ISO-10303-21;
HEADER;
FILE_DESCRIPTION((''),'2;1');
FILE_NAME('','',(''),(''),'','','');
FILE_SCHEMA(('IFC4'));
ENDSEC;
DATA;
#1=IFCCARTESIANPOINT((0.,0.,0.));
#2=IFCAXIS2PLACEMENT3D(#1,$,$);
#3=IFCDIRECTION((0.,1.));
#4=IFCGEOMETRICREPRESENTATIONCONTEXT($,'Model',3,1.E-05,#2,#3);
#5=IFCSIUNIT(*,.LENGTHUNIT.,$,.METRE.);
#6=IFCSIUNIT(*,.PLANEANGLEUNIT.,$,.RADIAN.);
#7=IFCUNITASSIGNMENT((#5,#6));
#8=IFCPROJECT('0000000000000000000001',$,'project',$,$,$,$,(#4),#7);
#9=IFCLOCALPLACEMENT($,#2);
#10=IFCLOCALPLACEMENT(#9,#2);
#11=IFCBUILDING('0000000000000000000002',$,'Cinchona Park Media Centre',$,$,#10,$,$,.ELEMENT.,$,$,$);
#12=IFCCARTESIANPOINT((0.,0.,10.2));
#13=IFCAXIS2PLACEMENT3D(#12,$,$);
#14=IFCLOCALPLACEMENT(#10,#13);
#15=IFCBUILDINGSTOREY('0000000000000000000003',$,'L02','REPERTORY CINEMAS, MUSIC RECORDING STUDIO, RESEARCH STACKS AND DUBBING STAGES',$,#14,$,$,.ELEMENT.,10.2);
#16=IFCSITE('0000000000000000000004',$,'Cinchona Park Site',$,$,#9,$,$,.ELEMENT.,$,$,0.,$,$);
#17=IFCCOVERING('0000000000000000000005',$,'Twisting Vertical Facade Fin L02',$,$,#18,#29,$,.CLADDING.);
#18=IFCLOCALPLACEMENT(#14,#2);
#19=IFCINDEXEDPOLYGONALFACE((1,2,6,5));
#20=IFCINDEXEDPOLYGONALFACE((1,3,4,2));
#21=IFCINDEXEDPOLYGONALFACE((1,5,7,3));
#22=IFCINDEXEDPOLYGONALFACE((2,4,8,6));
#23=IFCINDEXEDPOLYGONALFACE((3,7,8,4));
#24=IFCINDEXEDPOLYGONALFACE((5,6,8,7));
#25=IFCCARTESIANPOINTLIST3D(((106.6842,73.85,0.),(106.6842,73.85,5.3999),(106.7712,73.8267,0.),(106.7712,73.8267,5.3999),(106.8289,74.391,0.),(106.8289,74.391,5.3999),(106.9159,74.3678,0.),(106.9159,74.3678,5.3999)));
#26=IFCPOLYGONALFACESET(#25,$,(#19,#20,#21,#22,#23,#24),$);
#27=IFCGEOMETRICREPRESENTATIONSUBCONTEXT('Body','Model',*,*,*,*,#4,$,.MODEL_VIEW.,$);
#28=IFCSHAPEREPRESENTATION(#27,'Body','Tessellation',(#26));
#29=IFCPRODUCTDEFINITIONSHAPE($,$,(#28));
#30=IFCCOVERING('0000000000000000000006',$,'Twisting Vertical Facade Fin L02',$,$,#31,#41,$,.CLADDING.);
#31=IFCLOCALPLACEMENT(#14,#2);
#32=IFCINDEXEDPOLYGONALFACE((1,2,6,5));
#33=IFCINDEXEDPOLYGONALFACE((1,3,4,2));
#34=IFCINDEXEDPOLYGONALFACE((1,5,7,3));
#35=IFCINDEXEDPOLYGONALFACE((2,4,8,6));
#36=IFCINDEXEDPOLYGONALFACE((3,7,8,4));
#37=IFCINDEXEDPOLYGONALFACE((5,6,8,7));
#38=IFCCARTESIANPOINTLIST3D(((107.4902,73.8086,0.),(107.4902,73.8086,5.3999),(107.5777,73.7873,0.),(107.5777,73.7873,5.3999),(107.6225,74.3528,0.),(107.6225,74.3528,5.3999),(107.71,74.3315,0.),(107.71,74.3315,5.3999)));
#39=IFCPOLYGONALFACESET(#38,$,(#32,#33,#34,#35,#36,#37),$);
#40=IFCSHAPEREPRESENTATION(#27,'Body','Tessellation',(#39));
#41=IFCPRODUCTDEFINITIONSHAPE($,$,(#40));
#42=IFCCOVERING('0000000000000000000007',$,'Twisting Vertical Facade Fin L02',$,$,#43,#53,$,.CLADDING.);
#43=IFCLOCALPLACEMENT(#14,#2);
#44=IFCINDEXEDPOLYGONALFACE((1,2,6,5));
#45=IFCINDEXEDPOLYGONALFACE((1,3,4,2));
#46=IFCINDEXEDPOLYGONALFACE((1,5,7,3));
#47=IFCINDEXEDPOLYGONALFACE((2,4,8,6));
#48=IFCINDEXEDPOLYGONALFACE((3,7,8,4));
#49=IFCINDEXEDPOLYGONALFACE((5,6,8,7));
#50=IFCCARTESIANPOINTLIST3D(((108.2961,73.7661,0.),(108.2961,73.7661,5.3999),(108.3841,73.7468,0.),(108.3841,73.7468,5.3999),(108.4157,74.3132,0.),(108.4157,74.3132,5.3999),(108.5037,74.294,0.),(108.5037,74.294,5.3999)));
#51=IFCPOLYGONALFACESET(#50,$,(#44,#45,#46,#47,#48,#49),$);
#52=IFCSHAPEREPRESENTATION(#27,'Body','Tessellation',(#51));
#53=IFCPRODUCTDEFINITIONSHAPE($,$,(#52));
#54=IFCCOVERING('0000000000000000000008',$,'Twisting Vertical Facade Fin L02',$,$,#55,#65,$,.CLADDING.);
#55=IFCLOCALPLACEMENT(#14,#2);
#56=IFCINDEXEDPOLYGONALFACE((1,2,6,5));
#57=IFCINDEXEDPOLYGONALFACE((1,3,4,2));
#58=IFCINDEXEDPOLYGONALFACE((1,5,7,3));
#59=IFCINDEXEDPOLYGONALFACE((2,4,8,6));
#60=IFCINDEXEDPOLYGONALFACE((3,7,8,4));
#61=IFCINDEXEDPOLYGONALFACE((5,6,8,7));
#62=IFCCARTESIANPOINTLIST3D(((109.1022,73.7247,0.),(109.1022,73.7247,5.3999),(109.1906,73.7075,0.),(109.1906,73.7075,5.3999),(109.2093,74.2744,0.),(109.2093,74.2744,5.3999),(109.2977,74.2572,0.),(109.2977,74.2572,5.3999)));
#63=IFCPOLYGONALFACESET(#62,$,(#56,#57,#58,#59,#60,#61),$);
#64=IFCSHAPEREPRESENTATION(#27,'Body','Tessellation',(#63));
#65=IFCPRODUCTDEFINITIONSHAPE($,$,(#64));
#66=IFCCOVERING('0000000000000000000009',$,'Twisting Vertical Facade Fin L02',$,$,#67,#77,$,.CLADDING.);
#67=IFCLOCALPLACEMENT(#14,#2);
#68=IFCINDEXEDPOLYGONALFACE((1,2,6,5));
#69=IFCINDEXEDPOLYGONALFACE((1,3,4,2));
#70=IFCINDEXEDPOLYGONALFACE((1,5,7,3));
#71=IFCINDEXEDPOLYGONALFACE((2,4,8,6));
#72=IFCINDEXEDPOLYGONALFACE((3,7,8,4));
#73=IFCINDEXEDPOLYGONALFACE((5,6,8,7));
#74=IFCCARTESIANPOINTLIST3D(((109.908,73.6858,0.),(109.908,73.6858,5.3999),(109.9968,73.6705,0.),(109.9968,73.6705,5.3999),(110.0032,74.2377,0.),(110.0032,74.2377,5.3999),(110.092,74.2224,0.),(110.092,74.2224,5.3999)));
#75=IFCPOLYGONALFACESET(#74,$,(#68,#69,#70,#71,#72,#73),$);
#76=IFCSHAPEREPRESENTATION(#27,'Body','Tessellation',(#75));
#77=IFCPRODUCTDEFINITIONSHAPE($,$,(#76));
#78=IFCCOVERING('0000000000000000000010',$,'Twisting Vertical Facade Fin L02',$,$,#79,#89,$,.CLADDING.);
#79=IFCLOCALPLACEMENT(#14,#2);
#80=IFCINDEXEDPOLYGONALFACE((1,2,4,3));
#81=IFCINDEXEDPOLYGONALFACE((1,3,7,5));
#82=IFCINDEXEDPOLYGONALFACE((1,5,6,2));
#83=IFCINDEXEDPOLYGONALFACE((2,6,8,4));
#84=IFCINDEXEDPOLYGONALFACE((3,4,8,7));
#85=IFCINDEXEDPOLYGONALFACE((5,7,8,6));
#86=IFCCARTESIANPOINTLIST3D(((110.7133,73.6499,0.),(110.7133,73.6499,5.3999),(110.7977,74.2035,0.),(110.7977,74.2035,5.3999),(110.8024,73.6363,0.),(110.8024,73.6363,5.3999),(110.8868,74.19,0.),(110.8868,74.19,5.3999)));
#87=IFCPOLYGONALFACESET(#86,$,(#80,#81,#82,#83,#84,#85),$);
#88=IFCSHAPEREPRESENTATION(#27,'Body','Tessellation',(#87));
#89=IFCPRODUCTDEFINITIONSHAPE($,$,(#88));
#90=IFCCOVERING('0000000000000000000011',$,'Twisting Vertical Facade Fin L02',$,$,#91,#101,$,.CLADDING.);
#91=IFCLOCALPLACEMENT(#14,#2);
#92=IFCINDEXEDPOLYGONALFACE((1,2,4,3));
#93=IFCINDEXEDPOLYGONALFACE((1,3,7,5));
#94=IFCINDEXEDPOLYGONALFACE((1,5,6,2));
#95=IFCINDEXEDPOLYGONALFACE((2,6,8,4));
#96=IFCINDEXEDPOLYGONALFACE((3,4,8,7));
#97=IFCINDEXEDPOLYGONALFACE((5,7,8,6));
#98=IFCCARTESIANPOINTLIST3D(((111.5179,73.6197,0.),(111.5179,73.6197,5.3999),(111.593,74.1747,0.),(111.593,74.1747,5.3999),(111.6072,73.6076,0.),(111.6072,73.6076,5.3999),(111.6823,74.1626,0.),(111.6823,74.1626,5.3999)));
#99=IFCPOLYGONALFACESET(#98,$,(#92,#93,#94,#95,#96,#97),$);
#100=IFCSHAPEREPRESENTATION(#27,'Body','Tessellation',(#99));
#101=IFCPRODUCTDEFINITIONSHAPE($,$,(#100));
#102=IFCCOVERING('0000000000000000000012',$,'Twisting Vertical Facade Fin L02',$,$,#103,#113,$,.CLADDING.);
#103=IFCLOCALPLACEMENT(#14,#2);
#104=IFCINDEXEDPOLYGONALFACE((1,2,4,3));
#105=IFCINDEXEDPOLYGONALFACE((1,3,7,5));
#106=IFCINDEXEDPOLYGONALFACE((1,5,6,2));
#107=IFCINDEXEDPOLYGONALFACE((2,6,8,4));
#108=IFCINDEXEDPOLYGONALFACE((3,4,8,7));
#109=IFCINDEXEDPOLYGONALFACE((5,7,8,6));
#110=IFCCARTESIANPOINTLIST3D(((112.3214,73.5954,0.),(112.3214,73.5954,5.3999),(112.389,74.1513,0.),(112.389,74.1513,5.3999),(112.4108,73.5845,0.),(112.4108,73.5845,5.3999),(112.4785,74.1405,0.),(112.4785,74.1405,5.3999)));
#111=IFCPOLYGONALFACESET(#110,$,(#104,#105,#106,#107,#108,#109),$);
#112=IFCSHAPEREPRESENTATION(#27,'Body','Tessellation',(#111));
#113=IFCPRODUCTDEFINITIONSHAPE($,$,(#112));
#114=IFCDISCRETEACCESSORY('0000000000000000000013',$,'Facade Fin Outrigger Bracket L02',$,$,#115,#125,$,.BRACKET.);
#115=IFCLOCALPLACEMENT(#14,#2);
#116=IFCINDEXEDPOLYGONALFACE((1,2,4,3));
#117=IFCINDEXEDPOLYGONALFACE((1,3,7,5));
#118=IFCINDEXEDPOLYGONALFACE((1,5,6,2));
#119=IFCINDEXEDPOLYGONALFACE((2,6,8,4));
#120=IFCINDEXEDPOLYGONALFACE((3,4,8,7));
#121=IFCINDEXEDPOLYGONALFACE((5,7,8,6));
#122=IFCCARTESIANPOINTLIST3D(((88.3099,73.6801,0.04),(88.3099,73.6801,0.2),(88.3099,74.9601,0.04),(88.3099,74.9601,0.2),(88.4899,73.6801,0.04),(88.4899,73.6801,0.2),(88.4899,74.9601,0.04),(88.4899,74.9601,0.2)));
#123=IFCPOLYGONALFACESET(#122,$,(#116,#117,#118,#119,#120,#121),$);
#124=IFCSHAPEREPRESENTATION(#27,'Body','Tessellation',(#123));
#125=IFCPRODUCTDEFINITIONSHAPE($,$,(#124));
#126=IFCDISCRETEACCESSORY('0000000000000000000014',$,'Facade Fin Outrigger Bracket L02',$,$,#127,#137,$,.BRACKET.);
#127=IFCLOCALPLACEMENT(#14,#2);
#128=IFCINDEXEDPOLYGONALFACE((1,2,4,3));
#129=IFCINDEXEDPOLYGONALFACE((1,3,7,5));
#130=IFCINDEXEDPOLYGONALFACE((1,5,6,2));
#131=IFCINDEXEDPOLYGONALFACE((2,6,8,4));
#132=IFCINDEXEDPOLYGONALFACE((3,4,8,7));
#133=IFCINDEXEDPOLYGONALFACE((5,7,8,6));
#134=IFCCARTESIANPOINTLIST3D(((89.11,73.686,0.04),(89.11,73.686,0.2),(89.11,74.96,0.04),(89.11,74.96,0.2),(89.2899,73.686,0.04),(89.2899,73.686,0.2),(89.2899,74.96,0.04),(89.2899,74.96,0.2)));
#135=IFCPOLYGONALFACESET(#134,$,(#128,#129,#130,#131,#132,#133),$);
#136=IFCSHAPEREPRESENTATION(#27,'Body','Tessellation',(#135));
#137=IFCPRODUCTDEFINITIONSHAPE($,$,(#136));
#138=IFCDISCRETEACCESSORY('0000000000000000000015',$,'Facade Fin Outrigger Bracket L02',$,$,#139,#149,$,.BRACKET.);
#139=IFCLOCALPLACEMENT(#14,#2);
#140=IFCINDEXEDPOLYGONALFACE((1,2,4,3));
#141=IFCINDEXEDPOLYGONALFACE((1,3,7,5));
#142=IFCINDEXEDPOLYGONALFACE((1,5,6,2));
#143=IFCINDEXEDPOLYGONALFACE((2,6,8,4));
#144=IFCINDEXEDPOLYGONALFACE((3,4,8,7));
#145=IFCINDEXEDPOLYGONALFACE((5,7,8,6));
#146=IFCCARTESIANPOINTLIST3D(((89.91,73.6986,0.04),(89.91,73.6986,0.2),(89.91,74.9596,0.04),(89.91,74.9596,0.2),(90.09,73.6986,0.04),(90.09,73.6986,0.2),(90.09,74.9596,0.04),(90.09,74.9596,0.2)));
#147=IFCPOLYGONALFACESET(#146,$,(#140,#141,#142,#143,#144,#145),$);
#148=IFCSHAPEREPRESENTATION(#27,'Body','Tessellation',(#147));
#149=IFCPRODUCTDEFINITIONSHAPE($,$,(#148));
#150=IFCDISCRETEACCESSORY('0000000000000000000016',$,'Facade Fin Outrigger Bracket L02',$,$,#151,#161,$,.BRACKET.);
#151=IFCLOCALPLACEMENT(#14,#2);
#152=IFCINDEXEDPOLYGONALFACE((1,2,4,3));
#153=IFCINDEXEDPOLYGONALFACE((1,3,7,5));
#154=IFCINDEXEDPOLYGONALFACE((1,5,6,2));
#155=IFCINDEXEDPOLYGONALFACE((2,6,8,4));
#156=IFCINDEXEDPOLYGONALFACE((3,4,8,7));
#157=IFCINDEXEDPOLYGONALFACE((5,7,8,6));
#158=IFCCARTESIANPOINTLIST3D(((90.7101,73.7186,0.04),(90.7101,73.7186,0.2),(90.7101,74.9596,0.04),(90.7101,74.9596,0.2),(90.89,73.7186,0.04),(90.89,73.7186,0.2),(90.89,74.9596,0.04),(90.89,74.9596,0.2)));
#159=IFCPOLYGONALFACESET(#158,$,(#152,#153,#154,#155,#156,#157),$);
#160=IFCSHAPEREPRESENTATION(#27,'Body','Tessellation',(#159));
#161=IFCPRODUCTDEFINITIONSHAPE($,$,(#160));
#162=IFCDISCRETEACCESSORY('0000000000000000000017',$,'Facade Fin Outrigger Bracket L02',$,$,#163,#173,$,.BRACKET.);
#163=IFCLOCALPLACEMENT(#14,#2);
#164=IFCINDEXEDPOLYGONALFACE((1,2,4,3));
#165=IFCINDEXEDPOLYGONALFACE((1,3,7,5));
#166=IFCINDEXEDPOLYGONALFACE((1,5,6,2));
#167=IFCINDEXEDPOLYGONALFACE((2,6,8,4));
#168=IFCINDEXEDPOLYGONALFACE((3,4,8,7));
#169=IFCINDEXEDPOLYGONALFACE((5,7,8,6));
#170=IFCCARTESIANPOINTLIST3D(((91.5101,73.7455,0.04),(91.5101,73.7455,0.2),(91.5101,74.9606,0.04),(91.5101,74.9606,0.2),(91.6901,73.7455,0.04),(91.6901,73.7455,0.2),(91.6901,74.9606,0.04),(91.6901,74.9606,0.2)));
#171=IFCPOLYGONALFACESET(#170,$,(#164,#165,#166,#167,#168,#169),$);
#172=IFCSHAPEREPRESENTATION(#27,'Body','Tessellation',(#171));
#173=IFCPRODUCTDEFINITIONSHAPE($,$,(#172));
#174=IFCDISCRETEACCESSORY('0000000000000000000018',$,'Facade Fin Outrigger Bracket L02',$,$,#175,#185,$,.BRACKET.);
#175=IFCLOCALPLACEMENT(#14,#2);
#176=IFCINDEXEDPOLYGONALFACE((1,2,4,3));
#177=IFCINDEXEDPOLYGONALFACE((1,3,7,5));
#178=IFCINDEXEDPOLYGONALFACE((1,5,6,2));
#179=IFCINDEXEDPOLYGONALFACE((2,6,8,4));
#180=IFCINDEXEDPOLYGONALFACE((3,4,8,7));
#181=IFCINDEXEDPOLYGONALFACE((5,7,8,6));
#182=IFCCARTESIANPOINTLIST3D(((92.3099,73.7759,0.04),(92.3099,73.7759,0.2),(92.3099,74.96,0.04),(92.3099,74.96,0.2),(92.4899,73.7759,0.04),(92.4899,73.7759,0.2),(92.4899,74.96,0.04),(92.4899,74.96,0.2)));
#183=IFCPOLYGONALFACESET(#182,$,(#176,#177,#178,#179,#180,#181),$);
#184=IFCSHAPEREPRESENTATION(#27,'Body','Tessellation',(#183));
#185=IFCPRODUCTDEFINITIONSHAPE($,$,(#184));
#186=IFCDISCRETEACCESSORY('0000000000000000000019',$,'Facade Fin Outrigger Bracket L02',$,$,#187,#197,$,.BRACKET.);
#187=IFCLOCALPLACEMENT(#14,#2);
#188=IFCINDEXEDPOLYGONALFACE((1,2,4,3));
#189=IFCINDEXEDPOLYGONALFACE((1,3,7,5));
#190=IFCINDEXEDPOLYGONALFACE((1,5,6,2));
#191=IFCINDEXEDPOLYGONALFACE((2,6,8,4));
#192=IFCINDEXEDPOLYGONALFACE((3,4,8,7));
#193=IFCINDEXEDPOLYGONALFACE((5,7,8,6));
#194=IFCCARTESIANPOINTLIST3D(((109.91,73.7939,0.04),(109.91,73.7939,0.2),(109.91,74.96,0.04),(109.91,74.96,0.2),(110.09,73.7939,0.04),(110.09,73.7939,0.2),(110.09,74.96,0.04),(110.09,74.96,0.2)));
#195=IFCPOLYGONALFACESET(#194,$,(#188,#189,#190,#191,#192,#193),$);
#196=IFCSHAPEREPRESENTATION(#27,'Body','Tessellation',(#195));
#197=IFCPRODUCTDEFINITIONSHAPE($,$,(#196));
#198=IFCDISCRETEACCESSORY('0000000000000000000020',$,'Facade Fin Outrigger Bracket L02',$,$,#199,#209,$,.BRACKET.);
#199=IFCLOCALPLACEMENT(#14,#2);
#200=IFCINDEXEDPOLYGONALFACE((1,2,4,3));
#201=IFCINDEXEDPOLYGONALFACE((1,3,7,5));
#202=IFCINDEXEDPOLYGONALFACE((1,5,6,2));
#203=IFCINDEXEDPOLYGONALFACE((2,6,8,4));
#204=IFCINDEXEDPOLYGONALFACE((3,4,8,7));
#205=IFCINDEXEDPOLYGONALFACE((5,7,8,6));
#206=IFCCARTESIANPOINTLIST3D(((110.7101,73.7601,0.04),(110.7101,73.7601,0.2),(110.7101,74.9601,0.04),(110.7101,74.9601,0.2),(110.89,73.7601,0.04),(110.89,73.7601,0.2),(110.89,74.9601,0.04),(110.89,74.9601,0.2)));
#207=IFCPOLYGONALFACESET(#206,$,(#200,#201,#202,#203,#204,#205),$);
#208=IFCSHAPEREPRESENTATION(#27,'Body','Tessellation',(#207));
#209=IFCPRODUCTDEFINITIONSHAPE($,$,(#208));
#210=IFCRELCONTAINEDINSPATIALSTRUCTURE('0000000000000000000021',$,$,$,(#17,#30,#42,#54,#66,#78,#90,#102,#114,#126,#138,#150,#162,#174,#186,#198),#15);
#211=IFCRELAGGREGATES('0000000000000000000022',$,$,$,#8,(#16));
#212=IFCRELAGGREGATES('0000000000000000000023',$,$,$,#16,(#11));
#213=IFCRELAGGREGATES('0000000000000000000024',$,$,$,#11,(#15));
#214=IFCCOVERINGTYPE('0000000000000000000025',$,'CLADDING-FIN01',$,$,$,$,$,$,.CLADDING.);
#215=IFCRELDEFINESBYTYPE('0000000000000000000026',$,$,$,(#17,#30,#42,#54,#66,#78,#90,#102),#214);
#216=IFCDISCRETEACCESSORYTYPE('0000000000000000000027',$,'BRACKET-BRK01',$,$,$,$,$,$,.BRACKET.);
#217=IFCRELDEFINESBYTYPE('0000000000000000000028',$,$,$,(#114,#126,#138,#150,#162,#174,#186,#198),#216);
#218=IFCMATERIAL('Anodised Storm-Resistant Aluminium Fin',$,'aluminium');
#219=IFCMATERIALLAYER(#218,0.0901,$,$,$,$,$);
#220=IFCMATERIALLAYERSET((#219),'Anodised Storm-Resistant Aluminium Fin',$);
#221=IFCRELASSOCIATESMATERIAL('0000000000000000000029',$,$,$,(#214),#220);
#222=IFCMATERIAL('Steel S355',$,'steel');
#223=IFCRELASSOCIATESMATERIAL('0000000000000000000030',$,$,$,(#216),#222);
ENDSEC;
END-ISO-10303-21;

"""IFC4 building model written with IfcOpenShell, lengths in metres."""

from ifc_helpers import new_model, si_unit, direction, frame, origin, origin_2d, place, context, subcontext, project, spatial, rectangle, extrude, material, layer, layer_set, type_object, element, save


model = new_model("IFC4")

# Units and contexts
model_context = context("Model", 3, precision=1e-05, world=origin(), true_north=direction((0.0, 1.0)))
body_context = subcontext(model_context, "Body", "Model", "MODEL_VIEW")
ifc_project = project(units=[si_unit("LENGTHUNIT", "METRE"), si_unit("PLANEANGLEUNIT", "RADIAN")], contexts=[model_context])

# Site, building, storey
site_placement = place(None, origin())
site = spatial("IfcSite", under=ifc_project, at=site_placement, Name="Cinchona Park Site", CompositionType="ELEMENT", RefElevation=0.0)
building_placement = place(site_placement, origin())
building = spatial("IfcBuilding", under=site, at=building_placement, Name="Cinchona Park Media Centre", CompositionType="ELEMENT")
storey_placement = place(building_placement, frame((0.0, 0.0, 10.2)))
storey = spatial("IfcBuildingStorey", under=building, at=storey_placement, Name="L02", Description="REPERTORY CINEMAS, MUSIC RECORDING STUDIO, RESEARCH STACKS AND DUBBING STAGES", CompositionType="ELEMENT", Elevation=10.2)

# Coverings
ifc_material_1 = material(Name="Anodised Storm-Resistant Aluminium Fin", Category="aluminium")
ifc_layer = layer(ifc_material_1, 0.0901)
ifc_layer_set = layer_set([ifc_layer], Name="Anodised Storm-Resistant Aluminium Fin")
covering_type = type_object("IfcCoveringType", Name="CLADDING-FIN01", PredefinedType="CLADDING", material=ifc_layer_set)
for number, where, z_axis, x_axis, name in (
    (1, (106.8, 74.1089, 0.0), (0.0, 0.0, 1.0), (0.258313, 0.966061, 0.0), "Twisting Vertical Facade Fin L02"),
    (2, (107.6001, 74.0701, 0.0), (0.0, 0.0, 1.0), (0.236329, 0.971673, 0.0), "Twisting Vertical Facade Fin L02"),
    (3, (108.3999, 74.03, 0.0), (0.0, 0.0, 1.0), (0.213542, 0.976934, 0.0), "Twisting Vertical Facade Fin L02"),
    (4, (109.2, 73.991, 0.0), (0.0, 0.0, 1.0), (0.191323, 0.981527, 0.0), "Twisting Vertical Facade Fin L02"),
    (5, (110.0, 73.9541, 0.0), (0.0, 0.0, 1.0), (0.170038, 0.985438, 0.0), "Twisting Vertical Facade Fin L02"),
    (6, (110.8, 73.9199, 0.0), (0.0, 0.0, 1.0), (0.150743, 0.988573, 0.0), "Twisting Vertical Facade Fin L02"),
    (7, (111.6001, 73.8911, 0.0), (0.0, 0.0, 1.0), (0.134159, 0.99096, 0.0), "Twisting Vertical Facade Fin L02"),
    (8, (112.3999, 73.8679, 0.0), (0.0, 0.0, 1.0), (0.12083, 0.992673, 0.0), "Twisting Vertical Facade Fin L02"),
):
    element("IfcCovering", number, at=place(storey_placement, frame(where, z_axis=z_axis, x_axis=x_axis)), inside=storey, type_object=covering_type, Name=name, PredefinedType="CLADDING", context=body_context, shape_type="SweptSolid", body=[
        extrude(rectangle(XDim=0.5601, YDim=0.0901, at=origin_2d()), origin(), (0.0, 0.0, 1.0), 5.3999),
    ])

# Discrete accessories
ifc_material_2 = material(Name="Steel S355", Category="steel")
discrete_accessory_type = type_object("IfcDiscreteAccessoryType", Name="BRACKET-BRK01", PredefinedType="BRACKET", material=ifc_material_2)
discrete_accessory_1_placement = place(storey_placement, frame((88.3999, 74.3201, 0.04), z_axis=(0.0, 0.0, 1.0), x_axis=(1.0, 0.0, 0.0)))
element("IfcDiscreteAccessory", 9, at=discrete_accessory_1_placement, inside=storey, type_object=discrete_accessory_type, Name="Facade Fin Outrigger Bracket L02", PredefinedType="BRACKET", context=body_context, shape_type="SweptSolid", body=[
    extrude(rectangle(XDim=0.1799, YDim=1.28, at=origin_2d()), origin(), (0.0, 0.0, 1.0), 0.1599),
])
discrete_accessory_2_placement = place(storey_placement, frame((89.2, 74.323, 0.04), z_axis=(0.0, 0.0, 1.0), x_axis=(1.0, 0.0, 0.0)))
element("IfcDiscreteAccessory", 10, at=discrete_accessory_2_placement, inside=storey, type_object=discrete_accessory_type, Name="Facade Fin Outrigger Bracket L02", PredefinedType="BRACKET", context=body_context, shape_type="SweptSolid", body=[
    extrude(rectangle(XDim=0.1799, YDim=1.2739, at=origin_2d()), origin(), (0.0, 0.0, 1.0), 0.1599),
])
discrete_accessory_3_placement = place(storey_placement, frame((90.0, 74.3291, 0.04), z_axis=(0.0, 0.0, 1.0), x_axis=(1.0, 0.0, 0.0)))
element("IfcDiscreteAccessory", 11, at=discrete_accessory_3_placement, inside=storey, type_object=discrete_accessory_type, Name="Facade Fin Outrigger Bracket L02", PredefinedType="BRACKET", context=body_context, shape_type="SweptSolid", body=[
    extrude(rectangle(XDim=0.1799, YDim=1.261, at=origin_2d()), origin(), (0.0, 0.0, 1.0), 0.1599),
])
discrete_accessory_4_placement = place(storey_placement, frame((90.8, 74.3391, 0.04), z_axis=(0.0, 0.0, 1.0), x_axis=(1.0, 0.0, 0.0)))
element("IfcDiscreteAccessory", 12, at=discrete_accessory_4_placement, inside=storey, type_object=discrete_accessory_type, Name="Facade Fin Outrigger Bracket L02", PredefinedType="BRACKET", context=body_context, shape_type="SweptSolid", body=[
    extrude(rectangle(XDim=0.1799, YDim=1.241, at=origin_2d()), origin(), (0.0, 0.0, 1.0), 0.1599),
])
discrete_accessory_5_placement = place(storey_placement, frame((91.6001, 74.353, 0.04), z_axis=(0.0, 0.0, 1.0), x_axis=(1.0, 0.0, 0.0)))
element("IfcDiscreteAccessory", 13, at=discrete_accessory_5_placement, inside=storey, type_object=discrete_accessory_type, Name="Facade Fin Outrigger Bracket L02", PredefinedType="BRACKET", context=body_context, shape_type="SweptSolid", body=[
    extrude(rectangle(XDim=0.1799, YDim=1.2151, at=origin_2d()), origin(), (0.0, 0.0, 1.0), 0.1599),
])
discrete_accessory_6_placement = place(storey_placement, frame((92.3999, 74.3679, 0.04), z_axis=(0.0, 0.0, 1.0), x_axis=(1.0, 0.0, 0.0)))
element("IfcDiscreteAccessory", 14, at=discrete_accessory_6_placement, inside=storey, type_object=discrete_accessory_type, Name="Facade Fin Outrigger Bracket L02", PredefinedType="BRACKET", context=body_context, shape_type="SweptSolid", body=[
    extrude(rectangle(XDim=0.1799, YDim=1.1841, at=origin_2d()), origin(), (0.0, 0.0, 1.0), 0.1599),
])
discrete_accessory_7_placement = place(storey_placement, frame((110.0, 74.377, 0.04), z_axis=(0.0, 0.0, 1.0), x_axis=(1.0, 0.0, 0.0)))
element("IfcDiscreteAccessory", 15, at=discrete_accessory_7_placement, inside=storey, type_object=discrete_accessory_type, Name="Facade Fin Outrigger Bracket L02", PredefinedType="BRACKET", context=body_context, shape_type="SweptSolid", body=[
    extrude(rectangle(XDim=0.1799, YDim=1.166, at=origin_2d()), origin(), (0.0, 0.0, 1.0), 0.1599),
])
discrete_accessory_8_placement = place(storey_placement, frame((110.8, 74.3601, 0.04), z_axis=(0.0, 0.0, 1.0), x_axis=(1.0, 0.0, 0.0)))
element("IfcDiscreteAccessory", 16, at=discrete_accessory_8_placement, inside=storey, type_object=discrete_accessory_type, Name="Facade Fin Outrigger Bracket L02", PredefinedType="BRACKET", context=body_context, shape_type="SweptSolid", body=[
    extrude(rectangle(XDim=0.1799, YDim=1.2, at=origin_2d()), origin(), (0.0, 0.0, 1.0), 0.1599),
])

save(model, "model.ifc")
